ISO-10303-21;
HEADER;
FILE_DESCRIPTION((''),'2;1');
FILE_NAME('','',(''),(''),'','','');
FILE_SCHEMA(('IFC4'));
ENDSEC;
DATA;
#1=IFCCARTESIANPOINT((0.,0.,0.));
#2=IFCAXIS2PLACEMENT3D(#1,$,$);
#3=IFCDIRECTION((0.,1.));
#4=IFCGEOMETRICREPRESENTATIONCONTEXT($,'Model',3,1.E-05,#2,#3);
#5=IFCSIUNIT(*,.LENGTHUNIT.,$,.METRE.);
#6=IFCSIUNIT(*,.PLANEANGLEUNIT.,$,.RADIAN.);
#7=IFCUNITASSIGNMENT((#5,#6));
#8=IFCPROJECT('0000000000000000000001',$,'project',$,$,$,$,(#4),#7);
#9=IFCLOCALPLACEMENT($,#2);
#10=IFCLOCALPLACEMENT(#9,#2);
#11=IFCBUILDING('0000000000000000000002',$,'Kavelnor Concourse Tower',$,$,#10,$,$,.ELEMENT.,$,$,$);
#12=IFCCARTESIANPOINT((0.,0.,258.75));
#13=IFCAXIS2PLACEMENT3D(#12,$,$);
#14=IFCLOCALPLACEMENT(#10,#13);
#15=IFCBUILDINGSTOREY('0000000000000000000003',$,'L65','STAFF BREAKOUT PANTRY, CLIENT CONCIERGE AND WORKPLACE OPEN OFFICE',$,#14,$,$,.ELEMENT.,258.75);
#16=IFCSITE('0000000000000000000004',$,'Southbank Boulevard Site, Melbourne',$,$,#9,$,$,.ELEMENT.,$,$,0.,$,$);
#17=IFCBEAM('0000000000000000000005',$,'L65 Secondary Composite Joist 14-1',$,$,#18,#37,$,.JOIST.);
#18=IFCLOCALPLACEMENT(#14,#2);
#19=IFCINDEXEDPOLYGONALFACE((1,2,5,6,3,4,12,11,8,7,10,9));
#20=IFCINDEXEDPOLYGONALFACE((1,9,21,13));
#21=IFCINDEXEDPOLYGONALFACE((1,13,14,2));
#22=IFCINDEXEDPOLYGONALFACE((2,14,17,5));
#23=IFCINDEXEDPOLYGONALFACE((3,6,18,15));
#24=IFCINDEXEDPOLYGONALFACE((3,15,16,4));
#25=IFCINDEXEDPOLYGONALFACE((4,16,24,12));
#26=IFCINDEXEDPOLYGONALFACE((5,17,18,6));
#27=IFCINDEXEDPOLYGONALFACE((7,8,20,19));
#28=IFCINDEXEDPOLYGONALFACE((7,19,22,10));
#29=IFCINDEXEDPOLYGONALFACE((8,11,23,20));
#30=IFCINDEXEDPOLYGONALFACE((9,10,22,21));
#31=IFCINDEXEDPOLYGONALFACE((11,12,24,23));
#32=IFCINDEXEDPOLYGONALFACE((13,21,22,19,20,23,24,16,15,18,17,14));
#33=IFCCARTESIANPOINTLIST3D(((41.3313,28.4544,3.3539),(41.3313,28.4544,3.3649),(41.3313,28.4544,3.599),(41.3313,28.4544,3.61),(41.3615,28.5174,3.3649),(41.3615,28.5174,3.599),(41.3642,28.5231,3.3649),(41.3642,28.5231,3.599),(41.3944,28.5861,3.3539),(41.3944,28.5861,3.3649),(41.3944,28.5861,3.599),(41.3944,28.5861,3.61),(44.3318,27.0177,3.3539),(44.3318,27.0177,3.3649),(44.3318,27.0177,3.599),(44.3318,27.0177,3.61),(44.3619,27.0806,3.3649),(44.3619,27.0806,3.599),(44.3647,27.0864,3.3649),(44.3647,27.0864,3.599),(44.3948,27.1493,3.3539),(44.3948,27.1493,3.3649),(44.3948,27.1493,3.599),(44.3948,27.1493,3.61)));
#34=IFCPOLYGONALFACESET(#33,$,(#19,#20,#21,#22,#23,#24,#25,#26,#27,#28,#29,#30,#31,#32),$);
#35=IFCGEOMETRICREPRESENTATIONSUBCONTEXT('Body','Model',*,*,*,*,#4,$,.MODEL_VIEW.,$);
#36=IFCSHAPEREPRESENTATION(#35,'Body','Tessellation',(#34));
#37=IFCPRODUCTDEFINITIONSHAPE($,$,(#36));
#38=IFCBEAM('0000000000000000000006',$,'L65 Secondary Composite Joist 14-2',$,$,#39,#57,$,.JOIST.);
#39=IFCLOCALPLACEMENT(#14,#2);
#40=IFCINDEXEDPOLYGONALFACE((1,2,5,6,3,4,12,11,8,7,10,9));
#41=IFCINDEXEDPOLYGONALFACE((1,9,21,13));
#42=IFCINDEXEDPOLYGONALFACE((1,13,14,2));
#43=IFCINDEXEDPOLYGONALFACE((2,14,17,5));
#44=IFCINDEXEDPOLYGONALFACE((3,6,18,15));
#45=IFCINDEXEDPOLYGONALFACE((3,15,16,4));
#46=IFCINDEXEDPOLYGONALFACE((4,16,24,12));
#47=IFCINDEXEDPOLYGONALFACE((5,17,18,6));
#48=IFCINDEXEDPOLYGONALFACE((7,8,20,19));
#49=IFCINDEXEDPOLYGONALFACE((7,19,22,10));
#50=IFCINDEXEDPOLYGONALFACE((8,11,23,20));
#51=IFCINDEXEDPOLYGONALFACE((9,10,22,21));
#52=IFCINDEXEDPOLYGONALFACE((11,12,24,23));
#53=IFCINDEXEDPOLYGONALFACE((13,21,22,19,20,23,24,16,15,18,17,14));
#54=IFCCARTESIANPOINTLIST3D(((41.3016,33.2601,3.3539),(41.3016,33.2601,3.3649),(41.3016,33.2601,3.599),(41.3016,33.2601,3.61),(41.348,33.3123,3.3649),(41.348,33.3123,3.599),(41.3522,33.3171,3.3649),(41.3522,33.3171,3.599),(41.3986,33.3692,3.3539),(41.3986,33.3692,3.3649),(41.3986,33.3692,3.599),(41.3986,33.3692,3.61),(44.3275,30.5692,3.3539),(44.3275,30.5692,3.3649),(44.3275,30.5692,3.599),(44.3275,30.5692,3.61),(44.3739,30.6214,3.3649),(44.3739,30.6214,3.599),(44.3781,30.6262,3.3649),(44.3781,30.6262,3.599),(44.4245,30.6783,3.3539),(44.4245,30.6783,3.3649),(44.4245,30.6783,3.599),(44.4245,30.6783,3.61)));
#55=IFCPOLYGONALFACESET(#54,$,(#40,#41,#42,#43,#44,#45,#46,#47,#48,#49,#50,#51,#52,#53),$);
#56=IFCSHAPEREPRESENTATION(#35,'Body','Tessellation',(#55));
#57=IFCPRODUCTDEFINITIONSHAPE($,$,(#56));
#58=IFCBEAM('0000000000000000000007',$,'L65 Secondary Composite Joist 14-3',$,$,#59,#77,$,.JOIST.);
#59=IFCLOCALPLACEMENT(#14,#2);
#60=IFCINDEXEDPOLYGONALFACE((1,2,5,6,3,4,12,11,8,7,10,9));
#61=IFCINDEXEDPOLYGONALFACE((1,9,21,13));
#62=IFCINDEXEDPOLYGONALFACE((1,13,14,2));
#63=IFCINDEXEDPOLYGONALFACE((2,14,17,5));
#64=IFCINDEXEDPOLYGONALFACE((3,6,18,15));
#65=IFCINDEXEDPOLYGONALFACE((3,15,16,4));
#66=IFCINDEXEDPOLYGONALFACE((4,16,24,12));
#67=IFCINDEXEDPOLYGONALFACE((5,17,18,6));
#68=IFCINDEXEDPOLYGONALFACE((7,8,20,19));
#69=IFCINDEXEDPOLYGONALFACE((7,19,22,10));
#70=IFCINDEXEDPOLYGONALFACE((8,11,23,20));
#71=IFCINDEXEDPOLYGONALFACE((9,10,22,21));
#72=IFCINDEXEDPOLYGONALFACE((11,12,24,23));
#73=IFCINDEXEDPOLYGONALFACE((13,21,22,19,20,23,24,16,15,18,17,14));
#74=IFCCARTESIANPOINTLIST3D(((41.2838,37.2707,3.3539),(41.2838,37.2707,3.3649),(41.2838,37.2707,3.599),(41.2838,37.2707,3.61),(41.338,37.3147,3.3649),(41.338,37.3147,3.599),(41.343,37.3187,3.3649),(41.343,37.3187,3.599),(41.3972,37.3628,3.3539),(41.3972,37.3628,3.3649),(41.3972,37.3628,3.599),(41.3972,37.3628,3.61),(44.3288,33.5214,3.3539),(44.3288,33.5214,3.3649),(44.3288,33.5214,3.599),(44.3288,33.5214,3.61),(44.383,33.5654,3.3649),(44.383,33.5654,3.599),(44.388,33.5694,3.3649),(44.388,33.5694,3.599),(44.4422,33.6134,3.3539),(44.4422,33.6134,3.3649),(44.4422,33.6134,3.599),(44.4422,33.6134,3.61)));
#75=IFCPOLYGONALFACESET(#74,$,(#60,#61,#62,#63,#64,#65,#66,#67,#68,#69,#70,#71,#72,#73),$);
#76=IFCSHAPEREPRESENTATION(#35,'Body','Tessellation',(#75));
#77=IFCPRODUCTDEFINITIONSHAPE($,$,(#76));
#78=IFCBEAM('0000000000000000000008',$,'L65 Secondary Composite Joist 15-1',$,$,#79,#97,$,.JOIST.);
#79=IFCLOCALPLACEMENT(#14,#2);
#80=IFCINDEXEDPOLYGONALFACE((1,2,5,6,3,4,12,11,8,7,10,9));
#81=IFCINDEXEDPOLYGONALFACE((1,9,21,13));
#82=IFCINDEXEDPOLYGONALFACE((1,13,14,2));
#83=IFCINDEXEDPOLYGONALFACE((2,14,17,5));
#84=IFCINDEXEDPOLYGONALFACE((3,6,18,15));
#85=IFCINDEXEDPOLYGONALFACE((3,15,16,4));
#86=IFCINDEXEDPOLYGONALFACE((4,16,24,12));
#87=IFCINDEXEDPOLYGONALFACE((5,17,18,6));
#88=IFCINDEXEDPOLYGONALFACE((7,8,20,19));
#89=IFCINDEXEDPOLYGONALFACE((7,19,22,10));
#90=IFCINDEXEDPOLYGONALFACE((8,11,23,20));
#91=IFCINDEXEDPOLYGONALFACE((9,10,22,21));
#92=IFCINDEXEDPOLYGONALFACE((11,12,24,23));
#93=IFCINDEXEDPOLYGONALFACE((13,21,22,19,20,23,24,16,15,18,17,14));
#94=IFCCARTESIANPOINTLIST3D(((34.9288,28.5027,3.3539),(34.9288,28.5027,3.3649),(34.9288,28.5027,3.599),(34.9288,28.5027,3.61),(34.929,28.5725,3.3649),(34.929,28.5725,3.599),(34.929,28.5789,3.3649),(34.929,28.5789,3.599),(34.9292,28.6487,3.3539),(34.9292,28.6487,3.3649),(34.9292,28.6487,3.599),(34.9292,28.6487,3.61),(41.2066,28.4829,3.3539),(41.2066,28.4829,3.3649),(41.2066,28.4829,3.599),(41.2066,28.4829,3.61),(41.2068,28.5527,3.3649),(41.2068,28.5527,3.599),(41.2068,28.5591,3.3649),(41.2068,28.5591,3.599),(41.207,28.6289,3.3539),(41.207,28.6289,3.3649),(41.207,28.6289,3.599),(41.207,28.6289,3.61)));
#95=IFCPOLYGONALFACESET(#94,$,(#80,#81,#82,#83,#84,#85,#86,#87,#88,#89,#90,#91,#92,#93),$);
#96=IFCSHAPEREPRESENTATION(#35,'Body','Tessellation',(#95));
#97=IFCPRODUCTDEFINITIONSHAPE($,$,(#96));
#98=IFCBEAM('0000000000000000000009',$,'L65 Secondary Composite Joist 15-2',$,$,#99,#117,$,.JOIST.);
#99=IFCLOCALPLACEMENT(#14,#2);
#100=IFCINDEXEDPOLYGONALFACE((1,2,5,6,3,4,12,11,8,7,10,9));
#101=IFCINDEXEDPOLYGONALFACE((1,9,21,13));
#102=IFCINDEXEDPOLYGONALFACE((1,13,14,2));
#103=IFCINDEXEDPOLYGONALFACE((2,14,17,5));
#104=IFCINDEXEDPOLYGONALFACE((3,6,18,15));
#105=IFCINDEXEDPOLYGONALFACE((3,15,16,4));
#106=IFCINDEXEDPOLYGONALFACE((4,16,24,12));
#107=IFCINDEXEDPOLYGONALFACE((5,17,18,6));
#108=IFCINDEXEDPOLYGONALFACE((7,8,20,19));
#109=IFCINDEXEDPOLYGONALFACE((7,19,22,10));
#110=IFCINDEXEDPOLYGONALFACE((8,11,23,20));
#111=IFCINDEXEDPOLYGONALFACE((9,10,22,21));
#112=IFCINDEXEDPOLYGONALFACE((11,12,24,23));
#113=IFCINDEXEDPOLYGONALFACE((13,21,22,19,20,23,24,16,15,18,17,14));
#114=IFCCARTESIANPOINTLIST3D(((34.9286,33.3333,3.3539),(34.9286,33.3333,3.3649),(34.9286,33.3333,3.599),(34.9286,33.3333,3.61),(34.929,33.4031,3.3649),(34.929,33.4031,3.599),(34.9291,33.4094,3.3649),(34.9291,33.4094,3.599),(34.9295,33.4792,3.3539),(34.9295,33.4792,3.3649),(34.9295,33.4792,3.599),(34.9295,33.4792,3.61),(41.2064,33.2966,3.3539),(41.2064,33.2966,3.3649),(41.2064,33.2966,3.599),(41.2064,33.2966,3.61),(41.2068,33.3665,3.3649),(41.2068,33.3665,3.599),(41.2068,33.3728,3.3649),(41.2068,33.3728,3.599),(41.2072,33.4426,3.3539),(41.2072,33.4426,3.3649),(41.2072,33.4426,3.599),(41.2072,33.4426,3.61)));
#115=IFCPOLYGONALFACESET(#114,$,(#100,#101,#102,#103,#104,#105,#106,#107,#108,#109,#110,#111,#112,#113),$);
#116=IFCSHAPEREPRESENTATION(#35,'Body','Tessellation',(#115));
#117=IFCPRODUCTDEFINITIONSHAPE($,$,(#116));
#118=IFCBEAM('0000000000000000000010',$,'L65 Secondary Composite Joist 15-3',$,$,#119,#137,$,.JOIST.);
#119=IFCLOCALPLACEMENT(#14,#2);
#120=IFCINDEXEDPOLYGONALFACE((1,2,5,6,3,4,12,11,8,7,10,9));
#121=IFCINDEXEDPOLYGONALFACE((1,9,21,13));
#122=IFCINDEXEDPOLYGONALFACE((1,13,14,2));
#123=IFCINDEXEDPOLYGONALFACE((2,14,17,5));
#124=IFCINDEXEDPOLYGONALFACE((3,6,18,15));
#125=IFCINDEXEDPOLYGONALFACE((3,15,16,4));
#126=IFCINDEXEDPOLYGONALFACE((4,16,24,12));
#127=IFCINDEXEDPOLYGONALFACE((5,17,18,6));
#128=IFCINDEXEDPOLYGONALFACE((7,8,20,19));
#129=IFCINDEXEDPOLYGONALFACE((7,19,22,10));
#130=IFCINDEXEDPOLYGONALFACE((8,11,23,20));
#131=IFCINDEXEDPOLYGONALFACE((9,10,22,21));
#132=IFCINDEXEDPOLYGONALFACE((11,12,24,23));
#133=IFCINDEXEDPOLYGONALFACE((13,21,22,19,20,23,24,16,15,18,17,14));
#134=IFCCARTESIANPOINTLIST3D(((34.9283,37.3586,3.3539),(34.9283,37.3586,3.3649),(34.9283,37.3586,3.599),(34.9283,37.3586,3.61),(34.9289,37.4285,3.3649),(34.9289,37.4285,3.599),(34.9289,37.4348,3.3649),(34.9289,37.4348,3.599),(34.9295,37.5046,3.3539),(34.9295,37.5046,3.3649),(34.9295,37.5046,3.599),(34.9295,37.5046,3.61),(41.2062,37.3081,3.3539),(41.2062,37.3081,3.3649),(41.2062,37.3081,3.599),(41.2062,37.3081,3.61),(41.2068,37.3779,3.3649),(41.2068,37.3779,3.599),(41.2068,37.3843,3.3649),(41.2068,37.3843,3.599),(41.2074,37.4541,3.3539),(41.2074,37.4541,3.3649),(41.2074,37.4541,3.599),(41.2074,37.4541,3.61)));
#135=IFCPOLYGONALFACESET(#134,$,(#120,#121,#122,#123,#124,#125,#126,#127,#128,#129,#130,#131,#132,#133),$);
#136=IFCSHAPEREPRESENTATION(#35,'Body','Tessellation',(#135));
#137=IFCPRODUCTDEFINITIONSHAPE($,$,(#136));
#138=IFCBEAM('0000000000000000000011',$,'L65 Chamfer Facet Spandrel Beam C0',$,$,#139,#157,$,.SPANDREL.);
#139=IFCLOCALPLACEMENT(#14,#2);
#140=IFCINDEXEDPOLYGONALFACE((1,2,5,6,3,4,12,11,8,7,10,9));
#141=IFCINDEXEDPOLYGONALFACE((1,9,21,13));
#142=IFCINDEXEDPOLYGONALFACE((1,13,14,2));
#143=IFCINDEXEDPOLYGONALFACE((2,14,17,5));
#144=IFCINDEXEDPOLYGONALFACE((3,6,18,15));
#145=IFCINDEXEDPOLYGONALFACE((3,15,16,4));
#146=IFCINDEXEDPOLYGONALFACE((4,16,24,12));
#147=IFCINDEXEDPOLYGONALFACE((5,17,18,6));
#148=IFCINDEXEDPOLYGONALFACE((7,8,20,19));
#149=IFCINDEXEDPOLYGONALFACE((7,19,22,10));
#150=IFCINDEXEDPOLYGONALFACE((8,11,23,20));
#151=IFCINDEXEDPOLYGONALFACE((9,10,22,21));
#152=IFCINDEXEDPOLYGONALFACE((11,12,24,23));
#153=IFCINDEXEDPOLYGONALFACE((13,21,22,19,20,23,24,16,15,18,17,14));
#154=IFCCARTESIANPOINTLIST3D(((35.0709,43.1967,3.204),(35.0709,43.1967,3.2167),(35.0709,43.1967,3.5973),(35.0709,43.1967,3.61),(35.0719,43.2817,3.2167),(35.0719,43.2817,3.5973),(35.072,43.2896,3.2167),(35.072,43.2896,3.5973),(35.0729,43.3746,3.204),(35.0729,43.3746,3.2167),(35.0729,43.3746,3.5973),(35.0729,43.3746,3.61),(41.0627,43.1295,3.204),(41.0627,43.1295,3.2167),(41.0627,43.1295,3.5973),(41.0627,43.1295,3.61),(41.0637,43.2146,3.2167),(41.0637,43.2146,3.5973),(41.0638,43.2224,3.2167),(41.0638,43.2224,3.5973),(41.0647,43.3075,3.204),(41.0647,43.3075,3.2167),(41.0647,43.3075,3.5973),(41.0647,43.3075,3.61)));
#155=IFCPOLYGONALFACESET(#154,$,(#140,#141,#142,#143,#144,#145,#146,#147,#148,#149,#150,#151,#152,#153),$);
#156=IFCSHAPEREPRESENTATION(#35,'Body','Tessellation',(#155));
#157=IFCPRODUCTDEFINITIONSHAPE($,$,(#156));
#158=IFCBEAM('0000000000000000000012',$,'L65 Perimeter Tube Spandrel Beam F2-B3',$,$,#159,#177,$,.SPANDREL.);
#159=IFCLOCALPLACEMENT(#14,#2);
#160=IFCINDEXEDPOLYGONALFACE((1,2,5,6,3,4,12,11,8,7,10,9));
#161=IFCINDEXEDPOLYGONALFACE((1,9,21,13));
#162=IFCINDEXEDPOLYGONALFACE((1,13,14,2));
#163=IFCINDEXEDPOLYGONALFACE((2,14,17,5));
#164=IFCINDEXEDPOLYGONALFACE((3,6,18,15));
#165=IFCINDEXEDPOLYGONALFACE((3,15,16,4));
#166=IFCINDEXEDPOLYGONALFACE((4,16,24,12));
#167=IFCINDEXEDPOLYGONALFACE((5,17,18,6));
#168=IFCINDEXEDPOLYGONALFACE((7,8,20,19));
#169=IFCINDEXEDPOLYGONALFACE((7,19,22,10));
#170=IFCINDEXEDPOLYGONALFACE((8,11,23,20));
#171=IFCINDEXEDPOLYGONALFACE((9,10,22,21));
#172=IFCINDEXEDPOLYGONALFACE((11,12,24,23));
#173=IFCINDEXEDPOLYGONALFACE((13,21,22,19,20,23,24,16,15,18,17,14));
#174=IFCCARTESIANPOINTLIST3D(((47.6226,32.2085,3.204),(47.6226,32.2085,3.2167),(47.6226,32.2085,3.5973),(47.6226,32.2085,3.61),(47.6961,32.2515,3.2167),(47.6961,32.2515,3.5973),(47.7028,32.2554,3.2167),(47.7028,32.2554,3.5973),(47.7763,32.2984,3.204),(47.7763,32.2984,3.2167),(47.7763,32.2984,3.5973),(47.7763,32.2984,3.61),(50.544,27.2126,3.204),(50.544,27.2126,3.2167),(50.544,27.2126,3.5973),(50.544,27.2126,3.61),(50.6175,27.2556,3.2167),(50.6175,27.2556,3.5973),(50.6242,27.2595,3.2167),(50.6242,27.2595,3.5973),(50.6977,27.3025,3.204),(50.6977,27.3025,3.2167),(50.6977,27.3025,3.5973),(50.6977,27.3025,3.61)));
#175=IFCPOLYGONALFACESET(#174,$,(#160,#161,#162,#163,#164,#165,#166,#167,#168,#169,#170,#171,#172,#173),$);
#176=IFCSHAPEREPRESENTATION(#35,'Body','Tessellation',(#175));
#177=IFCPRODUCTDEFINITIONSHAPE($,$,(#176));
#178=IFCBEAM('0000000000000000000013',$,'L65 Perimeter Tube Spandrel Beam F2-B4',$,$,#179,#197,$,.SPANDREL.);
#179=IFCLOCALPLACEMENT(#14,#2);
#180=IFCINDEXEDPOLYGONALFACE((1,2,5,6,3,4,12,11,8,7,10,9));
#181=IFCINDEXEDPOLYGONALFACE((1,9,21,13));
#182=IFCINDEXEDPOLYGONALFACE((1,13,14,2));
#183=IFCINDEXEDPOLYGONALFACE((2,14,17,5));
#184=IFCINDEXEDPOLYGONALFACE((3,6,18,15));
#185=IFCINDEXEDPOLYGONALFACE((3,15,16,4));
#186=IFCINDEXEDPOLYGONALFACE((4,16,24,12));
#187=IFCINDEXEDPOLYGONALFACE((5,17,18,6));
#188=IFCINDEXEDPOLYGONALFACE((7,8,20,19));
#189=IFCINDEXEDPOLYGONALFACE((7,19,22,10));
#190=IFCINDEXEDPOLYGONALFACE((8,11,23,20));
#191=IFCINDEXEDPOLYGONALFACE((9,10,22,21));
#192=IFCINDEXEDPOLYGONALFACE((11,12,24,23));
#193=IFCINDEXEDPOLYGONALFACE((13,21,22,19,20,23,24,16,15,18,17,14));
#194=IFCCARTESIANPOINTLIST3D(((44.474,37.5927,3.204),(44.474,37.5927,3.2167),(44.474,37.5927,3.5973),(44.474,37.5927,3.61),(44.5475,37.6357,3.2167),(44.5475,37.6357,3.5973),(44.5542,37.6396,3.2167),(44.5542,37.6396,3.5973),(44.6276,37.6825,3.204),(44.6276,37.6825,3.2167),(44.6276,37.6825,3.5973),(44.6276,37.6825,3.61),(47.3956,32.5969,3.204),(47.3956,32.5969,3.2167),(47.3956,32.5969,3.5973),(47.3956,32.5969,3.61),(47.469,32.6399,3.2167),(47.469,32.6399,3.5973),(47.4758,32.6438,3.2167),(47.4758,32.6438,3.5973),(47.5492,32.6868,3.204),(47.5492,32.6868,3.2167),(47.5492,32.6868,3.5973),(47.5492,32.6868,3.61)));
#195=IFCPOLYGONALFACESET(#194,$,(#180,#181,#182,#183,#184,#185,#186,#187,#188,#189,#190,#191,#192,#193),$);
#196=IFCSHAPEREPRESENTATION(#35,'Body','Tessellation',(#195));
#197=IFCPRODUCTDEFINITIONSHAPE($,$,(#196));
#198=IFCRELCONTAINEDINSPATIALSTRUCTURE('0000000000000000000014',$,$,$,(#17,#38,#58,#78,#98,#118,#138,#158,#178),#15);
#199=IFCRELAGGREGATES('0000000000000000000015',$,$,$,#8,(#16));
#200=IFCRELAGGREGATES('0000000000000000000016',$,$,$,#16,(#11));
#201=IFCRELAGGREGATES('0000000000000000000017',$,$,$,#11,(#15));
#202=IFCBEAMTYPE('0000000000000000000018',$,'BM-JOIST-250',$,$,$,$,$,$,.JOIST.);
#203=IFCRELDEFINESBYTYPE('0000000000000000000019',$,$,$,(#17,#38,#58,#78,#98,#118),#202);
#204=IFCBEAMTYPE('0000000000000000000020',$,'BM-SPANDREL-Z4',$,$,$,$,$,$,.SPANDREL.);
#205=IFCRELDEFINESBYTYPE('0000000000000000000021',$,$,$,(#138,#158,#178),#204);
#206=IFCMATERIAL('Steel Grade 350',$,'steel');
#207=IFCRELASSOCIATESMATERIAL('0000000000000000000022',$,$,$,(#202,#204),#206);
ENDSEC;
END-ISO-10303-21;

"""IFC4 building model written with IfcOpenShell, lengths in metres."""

from ifc_helpers import new_model, si_unit, direction, frame, origin, origin_2d, place, context, subcontext, project, spatial, i_section, extrude, material, material_profile, profile_set, type_object, element, save


model = new_model("IFC4")

# Units and contexts
model_context = context("Model", 3, precision=1e-05, world=origin(), true_north=direction((0.0, 1.0)))
body_context = subcontext(model_context, "Body", "Model", "MODEL_VIEW")
ifc_project = project(units=[si_unit("LENGTHUNIT", "METRE"), si_unit("PLANEANGLEUNIT", "RADIAN")], contexts=[model_context])

# Site, building, storey
site_placement = place(None, origin())
site = spatial("IfcSite", under=ifc_project, at=site_placement, Name="Southbank Boulevard Site, Melbourne", CompositionType="ELEMENT", RefElevation=0.0)
building_placement = place(site_placement, origin())
building = spatial("IfcBuilding", under=site, at=building_placement, Name="Kavelnor Concourse Tower", CompositionType="ELEMENT")
storey_placement = place(building_placement, frame((0.0, 0.0, 258.75)))
storey = spatial("IfcBuildingStorey", under=building, at=storey_placement, Name="L65", Description="STAFF BREAKOUT PANTRY, CLIENT CONCIERGE AND WORKPLACE OPEN OFFICE", CompositionType="ELEMENT", Elevation=258.75)

# Shared definitions
ifc_material_1 = material(Name="Steel Grade 350", Category="steel")

# Beams
ifc_material_profile_1 = material_profile(ifc_material_1, i_section(OverallWidth=0.146, OverallDepth=0.2561, WebThickness=0.0063, FlangeThickness=0.011, at=origin_2d()), Name="250UB37")
ifc_profile_set_1 = profile_set([ifc_material_profile_1], Name="Steel Grade 350")
beam_type_1 = type_object("IfcBeamType", Name="BM-JOIST-250", PredefinedType="JOIST", material=ifc_profile_set_1)
beam_1_placement = place(storey_placement, frame((44.3633, 27.0835, 3.4819), z_axis=(-0.901929, 0.431884, 0.0), x_axis=(-0.431884, -0.901929, 0.0)))
element("IfcBeam", 1, at=beam_1_placement, inside=storey, type_object=beam_type_1, Name="L65 Secondary Composite Joist 14-1", PredefinedType="JOIST", context=body_context, shape_type="SweptSolid", body=[
    extrude(i_section(OverallWidth=0.146, OverallDepth=0.2561, WebThickness=0.0063, FlangeThickness=0.011, at=origin_2d()), origin(), (0.0, 0.0, 1.0), 3.3267),
])
beam_2_placement = place(storey_placement, frame((44.376, 30.6238, 3.4819), z_axis=(-0.747256, 0.664536, 0.0), x_axis=(-0.664536, -0.747256, 0.0)))
element("IfcBeam", 2, at=beam_2_placement, inside=storey, type_object=beam_type_1, Name="L65 Secondary Composite Joist 14-2", PredefinedType="JOIST", context=body_context, shape_type="SweptSolid", body=[
    extrude(i_section(OverallWidth=0.146, OverallDepth=0.2561, WebThickness=0.0063, FlangeThickness=0.011, at=origin_2d()), origin(), (0.0, 0.0, 1.0), 4.0493),
])
beam_3_placement = place(storey_placement, frame((44.3855, 33.5674, 3.4819), z_axis=(-0.630423, 0.776252, 0.0), x_axis=(-0.776252, -0.630423, 0.0)))
element("IfcBeam", 3, at=beam_3_placement, inside=storey, type_object=beam_type_1, Name="L65 Secondary Composite Joist 14-3", PredefinedType="JOIST", context=body_context, shape_type="SweptSolid", body=[
    extrude(i_section(OverallWidth=0.146, OverallDepth=0.2561, WebThickness=0.0063, FlangeThickness=0.011, at=origin_2d()), origin(), (0.0, 0.0, 1.0), 4.8301),
])
for number, where, z_axis, x_axis, name in (
    (4, (41.2068, 28.5559, 3.4819), (-0.999995, 0.00315, 0.0), (-0.00315, -0.999995, 0.0), "L65 Secondary Composite Joist 15-1"),
    (5, (41.2068, 33.3696, 3.4819), (-0.999983, 0.005833, 0.0), (-0.005833, -0.999983, 0.0), "L65 Secondary Composite Joist 15-2"),
):
    element("IfcBeam", number, at=place(storey_placement, frame(where, z_axis=z_axis, x_axis=x_axis)), inside=storey, type_object=beam_type_1, Name=name, PredefinedType="JOIST", context=body_context, shape_type="SweptSolid", body=[
        extrude(i_section(OverallWidth=0.146, OverallDepth=0.2561, WebThickness=0.0063, FlangeThickness=0.011, at=origin_2d()), origin(), (0.0, 0.0, 1.0), 6.2778),
    ])
beam_4_placement = place(storey_placement, frame((41.2068, 37.3811, 3.4819), z_axis=(-0.999968, 0.00805, 0.0), x_axis=(-0.00805, -0.999968, 0.0)))
element("IfcBeam", 6, at=beam_4_placement, inside=storey, type_object=beam_type_1, Name="L65 Secondary Composite Joist 15-3", PredefinedType="JOIST", context=body_context, shape_type="SweptSolid", body=[
    extrude(i_section(OverallWidth=0.146, OverallDepth=0.2561, WebThickness=0.0063, FlangeThickness=0.011, at=origin_2d()), origin(), (0.0, 0.0, 1.0), 6.2781),
])
ifc_material_profile_2 = material_profile(ifc_material_1, i_section(OverallWidth=0.178, OverallDepth=0.406, WebThickness=0.0078, FlangeThickness=0.0127, at=origin_2d()), Name="410UB59")
ifc_profile_set_2 = profile_set([ifc_material_profile_2], Name="Steel Grade 350")
beam_type_2 = type_object("IfcBeamType", Name="BM-SPANDREL-Z4", PredefinedType="SPANDREL", material=ifc_profile_set_2)
beam_5_placement = place(storey_placement, frame((41.0637, 43.2185, 3.407), z_axis=(-0.999937, 0.011205, 0.0), x_axis=(-0.011205, -0.999937, 0.0)))
element("IfcBeam", 7, at=beam_5_placement, inside=storey, type_object=beam_type_2, Name="L65 Chamfer Facet Spandrel Beam C0", PredefinedType="SPANDREL", context=body_context, shape_type="SweptSolid", body=[
    extrude(i_section(OverallWidth=0.178, OverallDepth=0.406, WebThickness=0.0078, FlangeThickness=0.0127, at=origin_2d()), origin(), (0.0, 0.0, 1.0), 5.9922),
])
for number, where, z_axis, x_axis, name in (
    (8, (50.6208, 27.2576, 3.407), (-0.504791, 0.863241, 0.0), (-0.863241, -0.504791, 0.0), "L65 Perimeter Tube Spandrel Beam F2-B3"),
    (9, (47.4724, 32.6418, 3.407), (-0.504823, 0.863223, 0.0), (-0.863223, -0.504823, 0.0), "L65 Perimeter Tube Spandrel Beam F2-B4"),
):
    element("IfcBeam", number, at=place(storey_placement, frame(where, z_axis=z_axis, x_axis=x_axis)), inside=storey, type_object=beam_type_2, Name=name, PredefinedType="SPANDREL", context=body_context, shape_type="SweptSolid", body=[
        extrude(i_section(OverallWidth=0.178, OverallDepth=0.406, WebThickness=0.0078, FlangeThickness=0.0127, at=origin_2d()), origin(), (0.0, 0.0, 1.0), 5.7874),
    ])

save(model, "model.ifc")
